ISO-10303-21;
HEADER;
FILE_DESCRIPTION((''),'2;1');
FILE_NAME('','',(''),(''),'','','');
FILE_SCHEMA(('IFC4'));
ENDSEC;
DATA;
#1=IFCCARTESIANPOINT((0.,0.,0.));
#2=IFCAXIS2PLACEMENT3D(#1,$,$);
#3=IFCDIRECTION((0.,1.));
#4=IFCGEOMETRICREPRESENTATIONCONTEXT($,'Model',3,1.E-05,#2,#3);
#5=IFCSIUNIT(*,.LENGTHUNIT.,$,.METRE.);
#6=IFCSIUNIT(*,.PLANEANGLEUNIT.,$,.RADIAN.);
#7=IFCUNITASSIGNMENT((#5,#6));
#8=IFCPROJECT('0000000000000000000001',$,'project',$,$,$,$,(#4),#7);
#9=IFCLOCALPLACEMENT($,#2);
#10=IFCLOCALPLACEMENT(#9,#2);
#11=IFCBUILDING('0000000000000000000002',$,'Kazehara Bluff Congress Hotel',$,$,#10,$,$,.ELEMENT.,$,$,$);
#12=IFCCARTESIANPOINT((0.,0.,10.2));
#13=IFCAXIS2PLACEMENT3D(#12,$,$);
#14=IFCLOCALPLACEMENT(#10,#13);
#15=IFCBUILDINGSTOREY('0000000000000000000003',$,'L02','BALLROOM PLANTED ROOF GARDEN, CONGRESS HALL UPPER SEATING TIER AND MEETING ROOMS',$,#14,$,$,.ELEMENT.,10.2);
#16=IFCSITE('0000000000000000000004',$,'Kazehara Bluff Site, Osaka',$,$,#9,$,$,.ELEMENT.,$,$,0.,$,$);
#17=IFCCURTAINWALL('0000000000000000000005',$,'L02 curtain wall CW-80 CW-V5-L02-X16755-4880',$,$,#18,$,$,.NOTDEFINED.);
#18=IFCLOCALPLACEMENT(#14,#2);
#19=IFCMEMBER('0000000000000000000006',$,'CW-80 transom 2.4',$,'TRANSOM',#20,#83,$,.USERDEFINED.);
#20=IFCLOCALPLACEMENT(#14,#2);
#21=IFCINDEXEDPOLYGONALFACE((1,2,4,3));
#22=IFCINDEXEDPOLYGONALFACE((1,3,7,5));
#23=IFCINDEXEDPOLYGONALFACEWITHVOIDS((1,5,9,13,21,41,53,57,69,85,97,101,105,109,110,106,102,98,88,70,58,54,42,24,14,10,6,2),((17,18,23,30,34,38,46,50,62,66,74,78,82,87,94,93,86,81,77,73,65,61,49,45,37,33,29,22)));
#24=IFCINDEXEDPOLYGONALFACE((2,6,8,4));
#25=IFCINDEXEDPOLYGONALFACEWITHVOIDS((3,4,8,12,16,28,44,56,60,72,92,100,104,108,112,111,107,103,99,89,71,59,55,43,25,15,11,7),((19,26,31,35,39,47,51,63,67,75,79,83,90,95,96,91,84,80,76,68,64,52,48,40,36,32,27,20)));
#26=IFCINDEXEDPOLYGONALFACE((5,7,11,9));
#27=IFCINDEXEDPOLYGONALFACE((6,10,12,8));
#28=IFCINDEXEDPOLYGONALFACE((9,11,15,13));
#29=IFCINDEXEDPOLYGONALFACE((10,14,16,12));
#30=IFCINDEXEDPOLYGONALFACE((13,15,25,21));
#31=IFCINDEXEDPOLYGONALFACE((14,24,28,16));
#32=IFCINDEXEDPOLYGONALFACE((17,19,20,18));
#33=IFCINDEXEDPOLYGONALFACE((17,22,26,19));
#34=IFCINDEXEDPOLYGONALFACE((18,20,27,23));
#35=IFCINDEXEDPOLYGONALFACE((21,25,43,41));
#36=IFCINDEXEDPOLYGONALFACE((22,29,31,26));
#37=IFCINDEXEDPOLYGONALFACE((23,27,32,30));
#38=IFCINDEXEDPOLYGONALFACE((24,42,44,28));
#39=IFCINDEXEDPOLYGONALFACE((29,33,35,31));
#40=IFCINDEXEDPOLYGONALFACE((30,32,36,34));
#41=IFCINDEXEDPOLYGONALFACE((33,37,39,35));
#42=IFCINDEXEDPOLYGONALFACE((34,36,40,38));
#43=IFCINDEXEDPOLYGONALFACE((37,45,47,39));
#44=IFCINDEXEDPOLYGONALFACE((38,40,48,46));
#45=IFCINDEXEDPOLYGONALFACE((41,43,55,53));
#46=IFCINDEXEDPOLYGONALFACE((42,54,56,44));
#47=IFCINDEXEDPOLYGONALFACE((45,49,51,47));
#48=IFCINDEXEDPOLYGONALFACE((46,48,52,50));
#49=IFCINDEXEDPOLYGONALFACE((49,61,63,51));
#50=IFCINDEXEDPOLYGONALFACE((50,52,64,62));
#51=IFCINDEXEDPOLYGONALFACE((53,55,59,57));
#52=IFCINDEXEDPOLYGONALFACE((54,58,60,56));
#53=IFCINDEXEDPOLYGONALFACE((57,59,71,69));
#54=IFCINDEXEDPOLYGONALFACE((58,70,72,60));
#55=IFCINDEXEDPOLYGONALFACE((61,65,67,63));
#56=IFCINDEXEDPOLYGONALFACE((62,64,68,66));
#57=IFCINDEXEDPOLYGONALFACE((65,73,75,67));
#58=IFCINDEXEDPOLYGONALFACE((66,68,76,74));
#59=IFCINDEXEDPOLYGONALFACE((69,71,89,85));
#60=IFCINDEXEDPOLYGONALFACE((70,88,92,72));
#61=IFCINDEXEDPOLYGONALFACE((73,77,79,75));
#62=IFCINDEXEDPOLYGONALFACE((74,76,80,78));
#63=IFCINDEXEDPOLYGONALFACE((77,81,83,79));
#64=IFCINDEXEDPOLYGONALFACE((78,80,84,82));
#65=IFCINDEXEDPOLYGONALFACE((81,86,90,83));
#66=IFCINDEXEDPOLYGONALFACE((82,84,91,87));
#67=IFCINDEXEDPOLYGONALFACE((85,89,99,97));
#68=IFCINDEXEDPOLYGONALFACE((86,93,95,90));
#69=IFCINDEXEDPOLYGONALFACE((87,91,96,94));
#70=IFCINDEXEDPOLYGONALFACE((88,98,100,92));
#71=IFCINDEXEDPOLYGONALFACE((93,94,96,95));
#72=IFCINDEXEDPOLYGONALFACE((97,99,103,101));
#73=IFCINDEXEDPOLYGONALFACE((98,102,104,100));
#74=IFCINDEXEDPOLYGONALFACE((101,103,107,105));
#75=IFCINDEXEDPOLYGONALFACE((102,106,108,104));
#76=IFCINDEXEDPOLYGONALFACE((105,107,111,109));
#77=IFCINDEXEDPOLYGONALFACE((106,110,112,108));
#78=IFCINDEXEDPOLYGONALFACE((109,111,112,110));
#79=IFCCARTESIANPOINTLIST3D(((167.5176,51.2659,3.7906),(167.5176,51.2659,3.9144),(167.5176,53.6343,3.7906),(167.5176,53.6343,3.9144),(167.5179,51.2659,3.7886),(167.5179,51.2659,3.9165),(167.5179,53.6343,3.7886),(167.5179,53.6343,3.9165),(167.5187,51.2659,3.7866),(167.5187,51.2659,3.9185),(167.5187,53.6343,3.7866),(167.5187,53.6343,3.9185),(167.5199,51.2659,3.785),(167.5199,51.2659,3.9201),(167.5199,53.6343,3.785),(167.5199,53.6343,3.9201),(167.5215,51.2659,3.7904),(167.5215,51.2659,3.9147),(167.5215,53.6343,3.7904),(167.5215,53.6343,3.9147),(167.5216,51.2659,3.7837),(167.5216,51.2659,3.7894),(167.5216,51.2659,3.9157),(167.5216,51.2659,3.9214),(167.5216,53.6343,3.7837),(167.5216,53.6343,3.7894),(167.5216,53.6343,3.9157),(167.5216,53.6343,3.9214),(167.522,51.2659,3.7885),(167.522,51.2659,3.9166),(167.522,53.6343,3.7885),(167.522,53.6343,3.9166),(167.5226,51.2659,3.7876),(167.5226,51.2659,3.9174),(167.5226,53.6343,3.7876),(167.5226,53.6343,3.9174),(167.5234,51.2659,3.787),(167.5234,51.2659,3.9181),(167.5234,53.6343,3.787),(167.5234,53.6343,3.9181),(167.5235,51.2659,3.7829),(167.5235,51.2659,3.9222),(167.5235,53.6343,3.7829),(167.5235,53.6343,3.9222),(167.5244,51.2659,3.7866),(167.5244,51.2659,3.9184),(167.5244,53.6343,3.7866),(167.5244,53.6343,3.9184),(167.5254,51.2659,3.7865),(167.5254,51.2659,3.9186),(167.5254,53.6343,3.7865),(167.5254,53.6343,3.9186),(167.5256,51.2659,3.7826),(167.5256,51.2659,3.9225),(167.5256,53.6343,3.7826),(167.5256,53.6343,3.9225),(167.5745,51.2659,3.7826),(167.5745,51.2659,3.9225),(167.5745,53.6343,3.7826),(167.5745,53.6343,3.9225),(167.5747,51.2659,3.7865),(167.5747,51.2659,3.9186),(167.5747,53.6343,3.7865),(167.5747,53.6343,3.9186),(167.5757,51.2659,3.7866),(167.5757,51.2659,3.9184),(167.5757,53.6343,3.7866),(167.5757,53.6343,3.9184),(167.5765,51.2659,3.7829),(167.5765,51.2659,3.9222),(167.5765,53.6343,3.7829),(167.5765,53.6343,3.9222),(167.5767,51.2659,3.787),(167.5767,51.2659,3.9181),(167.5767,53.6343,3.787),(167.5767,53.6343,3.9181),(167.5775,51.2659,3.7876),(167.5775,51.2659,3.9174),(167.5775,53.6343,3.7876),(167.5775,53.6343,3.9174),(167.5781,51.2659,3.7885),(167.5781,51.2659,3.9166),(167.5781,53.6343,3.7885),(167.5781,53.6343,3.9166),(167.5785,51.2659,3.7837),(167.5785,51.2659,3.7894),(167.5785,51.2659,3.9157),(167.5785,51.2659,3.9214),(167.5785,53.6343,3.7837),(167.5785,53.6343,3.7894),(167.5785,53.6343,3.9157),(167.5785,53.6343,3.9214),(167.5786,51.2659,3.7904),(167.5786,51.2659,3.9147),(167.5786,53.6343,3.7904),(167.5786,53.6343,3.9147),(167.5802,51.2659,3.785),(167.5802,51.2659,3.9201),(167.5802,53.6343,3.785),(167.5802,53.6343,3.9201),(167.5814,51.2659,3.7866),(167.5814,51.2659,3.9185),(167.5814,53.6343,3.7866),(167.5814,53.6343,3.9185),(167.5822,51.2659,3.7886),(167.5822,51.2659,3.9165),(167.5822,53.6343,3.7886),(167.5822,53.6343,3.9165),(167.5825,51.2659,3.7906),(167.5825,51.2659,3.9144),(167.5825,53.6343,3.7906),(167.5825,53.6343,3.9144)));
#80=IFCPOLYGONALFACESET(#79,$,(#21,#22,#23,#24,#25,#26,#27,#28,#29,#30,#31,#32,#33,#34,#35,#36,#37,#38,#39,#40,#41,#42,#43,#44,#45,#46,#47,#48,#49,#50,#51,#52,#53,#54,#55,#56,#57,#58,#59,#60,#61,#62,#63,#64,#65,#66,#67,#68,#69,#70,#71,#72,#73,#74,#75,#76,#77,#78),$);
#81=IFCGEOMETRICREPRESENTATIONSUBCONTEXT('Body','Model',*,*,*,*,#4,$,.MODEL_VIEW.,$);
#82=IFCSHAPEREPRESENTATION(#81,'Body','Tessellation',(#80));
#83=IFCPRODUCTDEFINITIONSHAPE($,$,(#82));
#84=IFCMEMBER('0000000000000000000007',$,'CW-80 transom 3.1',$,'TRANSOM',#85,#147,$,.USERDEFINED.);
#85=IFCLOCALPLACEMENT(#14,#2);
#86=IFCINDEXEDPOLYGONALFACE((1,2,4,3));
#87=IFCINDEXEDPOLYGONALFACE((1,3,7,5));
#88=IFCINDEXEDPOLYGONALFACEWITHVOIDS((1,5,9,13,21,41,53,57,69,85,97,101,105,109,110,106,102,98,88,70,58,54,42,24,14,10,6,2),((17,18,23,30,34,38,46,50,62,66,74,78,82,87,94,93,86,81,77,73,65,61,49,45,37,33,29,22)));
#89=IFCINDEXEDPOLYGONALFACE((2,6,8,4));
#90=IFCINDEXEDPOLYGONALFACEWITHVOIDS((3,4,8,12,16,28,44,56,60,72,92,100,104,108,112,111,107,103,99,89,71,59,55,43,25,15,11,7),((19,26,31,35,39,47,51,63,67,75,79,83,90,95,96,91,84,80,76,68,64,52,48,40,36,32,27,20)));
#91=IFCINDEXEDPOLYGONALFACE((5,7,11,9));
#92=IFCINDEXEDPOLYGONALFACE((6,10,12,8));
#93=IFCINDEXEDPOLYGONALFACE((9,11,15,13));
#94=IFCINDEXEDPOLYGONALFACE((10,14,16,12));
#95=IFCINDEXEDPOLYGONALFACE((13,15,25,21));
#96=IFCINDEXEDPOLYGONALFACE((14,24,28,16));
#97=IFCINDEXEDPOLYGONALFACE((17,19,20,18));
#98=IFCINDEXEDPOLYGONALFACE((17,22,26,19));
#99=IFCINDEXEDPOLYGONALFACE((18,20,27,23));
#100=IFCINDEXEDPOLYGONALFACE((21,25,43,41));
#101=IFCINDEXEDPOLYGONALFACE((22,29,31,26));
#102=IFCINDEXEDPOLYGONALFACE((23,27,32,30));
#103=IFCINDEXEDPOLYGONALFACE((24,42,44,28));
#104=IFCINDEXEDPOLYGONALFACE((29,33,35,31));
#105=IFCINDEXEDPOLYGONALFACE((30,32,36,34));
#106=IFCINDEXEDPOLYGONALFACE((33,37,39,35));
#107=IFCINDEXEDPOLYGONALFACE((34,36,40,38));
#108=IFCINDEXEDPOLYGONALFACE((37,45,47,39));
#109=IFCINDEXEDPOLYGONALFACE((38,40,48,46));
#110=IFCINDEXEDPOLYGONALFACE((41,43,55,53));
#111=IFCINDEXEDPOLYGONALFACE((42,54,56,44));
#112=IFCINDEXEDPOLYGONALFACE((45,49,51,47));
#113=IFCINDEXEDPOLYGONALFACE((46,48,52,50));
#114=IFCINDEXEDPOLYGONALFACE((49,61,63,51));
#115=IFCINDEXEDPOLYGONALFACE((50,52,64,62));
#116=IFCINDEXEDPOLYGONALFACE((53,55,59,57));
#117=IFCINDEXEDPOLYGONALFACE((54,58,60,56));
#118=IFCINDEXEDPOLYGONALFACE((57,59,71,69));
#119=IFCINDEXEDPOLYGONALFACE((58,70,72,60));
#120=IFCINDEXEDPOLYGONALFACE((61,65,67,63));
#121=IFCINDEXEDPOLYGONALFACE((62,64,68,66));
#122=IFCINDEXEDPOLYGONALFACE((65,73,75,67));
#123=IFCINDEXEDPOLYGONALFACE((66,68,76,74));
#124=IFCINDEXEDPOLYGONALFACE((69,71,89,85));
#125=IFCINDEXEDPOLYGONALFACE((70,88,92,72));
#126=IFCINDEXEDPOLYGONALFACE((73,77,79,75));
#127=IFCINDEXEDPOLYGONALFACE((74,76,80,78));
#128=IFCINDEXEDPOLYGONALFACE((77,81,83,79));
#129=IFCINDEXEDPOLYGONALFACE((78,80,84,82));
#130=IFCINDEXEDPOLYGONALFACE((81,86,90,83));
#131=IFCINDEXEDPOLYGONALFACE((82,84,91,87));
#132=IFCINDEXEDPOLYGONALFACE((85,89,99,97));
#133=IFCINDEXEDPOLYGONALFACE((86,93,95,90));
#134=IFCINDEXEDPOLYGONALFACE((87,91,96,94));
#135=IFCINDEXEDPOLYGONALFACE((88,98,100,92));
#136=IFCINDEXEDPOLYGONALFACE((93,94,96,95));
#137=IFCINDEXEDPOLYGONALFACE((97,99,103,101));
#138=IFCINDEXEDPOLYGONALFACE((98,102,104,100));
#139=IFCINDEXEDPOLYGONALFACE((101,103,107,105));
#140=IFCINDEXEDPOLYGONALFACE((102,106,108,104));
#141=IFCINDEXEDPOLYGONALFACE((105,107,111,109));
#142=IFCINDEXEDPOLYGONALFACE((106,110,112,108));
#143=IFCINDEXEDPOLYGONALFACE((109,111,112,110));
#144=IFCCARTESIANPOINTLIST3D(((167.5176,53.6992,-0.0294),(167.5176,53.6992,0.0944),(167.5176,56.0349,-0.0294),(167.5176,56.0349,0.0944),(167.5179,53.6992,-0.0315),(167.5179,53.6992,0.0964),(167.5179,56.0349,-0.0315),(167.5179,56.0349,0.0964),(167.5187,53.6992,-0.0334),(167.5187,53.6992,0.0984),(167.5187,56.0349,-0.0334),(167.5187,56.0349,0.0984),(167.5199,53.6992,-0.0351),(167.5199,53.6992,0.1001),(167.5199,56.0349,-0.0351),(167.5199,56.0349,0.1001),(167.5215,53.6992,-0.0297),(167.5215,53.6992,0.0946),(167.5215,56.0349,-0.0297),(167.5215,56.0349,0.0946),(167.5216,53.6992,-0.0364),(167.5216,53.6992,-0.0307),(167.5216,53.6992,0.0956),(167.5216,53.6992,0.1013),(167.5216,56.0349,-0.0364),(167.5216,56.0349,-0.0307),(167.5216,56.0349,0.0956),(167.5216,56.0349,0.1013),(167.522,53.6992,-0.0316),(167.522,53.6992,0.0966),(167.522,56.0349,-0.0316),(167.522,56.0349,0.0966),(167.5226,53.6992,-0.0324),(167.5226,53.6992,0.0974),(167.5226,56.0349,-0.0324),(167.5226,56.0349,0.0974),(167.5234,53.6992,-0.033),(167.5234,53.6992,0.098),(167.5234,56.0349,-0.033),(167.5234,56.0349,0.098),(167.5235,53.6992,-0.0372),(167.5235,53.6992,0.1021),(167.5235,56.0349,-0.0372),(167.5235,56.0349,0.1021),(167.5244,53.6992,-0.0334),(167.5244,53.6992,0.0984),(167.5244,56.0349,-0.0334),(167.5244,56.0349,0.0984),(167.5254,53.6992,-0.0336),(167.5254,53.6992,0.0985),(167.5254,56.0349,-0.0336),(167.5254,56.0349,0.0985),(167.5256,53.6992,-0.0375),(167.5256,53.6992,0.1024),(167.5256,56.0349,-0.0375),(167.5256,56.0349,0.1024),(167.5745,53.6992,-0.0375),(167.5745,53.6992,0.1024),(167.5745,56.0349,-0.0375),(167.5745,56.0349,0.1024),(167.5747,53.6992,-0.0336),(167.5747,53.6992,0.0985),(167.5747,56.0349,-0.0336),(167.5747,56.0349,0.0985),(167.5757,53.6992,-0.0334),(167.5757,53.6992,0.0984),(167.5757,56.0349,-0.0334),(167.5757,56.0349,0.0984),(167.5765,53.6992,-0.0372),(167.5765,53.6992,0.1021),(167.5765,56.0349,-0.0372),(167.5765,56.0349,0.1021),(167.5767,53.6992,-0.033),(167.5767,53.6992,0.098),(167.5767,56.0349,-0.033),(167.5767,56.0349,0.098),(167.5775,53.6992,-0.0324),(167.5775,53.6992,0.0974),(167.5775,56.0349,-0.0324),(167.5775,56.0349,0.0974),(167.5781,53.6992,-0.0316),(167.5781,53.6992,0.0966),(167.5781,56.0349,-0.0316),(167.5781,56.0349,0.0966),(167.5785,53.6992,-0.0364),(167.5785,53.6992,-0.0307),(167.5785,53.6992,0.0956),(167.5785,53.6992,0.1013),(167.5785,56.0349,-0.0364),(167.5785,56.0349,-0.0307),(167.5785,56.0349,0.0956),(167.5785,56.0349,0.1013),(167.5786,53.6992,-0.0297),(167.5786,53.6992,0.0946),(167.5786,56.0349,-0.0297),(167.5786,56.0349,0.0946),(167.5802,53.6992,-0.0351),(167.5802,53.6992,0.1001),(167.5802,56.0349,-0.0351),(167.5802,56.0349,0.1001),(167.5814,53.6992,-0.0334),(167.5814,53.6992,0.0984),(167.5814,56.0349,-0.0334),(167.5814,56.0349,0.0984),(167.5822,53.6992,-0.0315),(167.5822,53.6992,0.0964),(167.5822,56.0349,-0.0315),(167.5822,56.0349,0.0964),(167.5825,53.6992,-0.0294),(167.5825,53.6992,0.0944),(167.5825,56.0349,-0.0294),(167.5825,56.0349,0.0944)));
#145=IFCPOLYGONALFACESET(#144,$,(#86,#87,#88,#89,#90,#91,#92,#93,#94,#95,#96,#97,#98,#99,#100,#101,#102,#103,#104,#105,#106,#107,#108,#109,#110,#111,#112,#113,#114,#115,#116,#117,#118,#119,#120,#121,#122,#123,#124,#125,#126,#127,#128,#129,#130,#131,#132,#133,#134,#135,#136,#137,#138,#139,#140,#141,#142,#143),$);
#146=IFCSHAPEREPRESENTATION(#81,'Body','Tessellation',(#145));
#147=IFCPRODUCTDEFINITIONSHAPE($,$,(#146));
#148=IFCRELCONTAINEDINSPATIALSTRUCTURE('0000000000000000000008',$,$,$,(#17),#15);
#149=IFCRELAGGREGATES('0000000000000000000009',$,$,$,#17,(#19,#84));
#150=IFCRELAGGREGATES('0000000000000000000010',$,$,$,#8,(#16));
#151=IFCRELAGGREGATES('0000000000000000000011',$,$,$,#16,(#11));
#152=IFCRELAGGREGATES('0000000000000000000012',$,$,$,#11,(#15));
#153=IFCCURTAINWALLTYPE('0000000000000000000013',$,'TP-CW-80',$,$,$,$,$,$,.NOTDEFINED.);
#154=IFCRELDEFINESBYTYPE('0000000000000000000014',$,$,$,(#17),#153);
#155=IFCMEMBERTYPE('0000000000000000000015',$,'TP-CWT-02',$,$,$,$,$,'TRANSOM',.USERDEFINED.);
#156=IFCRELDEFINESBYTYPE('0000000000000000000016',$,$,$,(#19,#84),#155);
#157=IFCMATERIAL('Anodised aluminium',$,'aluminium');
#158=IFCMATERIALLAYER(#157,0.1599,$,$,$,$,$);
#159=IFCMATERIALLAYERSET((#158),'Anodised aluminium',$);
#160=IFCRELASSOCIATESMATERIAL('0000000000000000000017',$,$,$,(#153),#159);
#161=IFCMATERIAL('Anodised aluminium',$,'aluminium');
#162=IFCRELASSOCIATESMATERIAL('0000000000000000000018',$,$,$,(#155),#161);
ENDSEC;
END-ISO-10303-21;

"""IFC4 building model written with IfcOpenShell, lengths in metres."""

from ifc_helpers import new_model, si_unit, direction, frame, origin, origin_2d, place, context, subcontext, project, spatial, hollow_rectangle, extrude, material, layer, layer_set, material_profile, profile_set, type_object, element, aggregate, save


model = new_model("IFC4")

# Units and contexts
model_context = context("Model", 3, precision=1e-05, world=origin(), true_north=direction((0.0, 1.0)))
body_context = subcontext(model_context, "Body", "Model", "MODEL_VIEW")
ifc_project = project(units=[si_unit("LENGTHUNIT", "METRE"), si_unit("PLANEANGLEUNIT", "RADIAN")], contexts=[model_context])

# Site, building, storey
site_placement = place(None, origin())
site = spatial("IfcSite", under=ifc_project, at=site_placement, Name="Kazehara Bluff Site, Osaka", CompositionType="ELEMENT", RefElevation=0.0)
building_placement = place(site_placement, origin())
building = spatial("IfcBuilding", under=site, at=building_placement, Name="Kazehara Bluff Congress Hotel", CompositionType="ELEMENT")
storey_placement = place(building_placement, frame((0.0, 0.0, 10.2)))
storey = spatial("IfcBuildingStorey", under=building, at=storey_placement, Name="L02", Description="BALLROOM PLANTED ROOF GARDEN, CONGRESS HALL UPPER SEATING TIER AND MEETING ROOMS", CompositionType="ELEMENT", Elevation=10.2)

# Curtain wall, members
ifc_material_1 = material(Name="Anodised aluminium", Category="aluminium")
ifc_layer_1 = layer(ifc_material_1, 0.1599)
ifc_layer_set_1 = layer_set([ifc_layer_1], Name="Anodised aluminium")
curtain_wall_type_1 = type_object("IfcCurtainWallType", Name="TP-CW-80", PredefinedType="NOTDEFINED", material=ifc_layer_set_1)
curtain_wall_1_placement = place(storey_placement, origin())
curtain_wall_1 = element("IfcCurtainWall", 1, at=curtain_wall_1_placement, inside=storey, type_object=curtain_wall_type_1, Name="L02 curtain wall CW-80 CW-V5-L02-X16755-4880", PredefinedType="NOTDEFINED")
ifc_material_2 = material(Name="Anodised aluminium", Category="aluminium")
ifc_material_profile_1 = material_profile(ifc_material_2, hollow_rectangle(XDim=0.0649, YDim=0.1399, WallThickness=0.0039, InnerFilletRadius=0.0039, OuterFilletRadius=0.0081, at=origin_2d()))
ifc_profile_set_1 = profile_set([ifc_material_profile_1], Name="Anodised aluminium")
member_type_1 = type_object("IfcMemberType", Name="TP-CWT-02", ElementType="TRANSOM", PredefinedType="USERDEFINED", material=ifc_profile_set_1)
member_1_placement = place(storey_placement, frame((167.55, 51.2659, 3.8525), z_axis=(0.0, 1.0, 0.0), x_axis=(-1.0, 0.0, 0.0)))
member_1 = element("IfcMember", 2, at=member_1_placement, type_object=member_type_1, Name="CW-80 transom 2.4", ObjectType="TRANSOM", PredefinedType="USERDEFINED", context=body_context, shape_type="SweptSolid", body=[
    extrude(hollow_rectangle(XDim=0.0649, YDim=0.1399, WallThickness=0.0039, InnerFilletRadius=0.0039, OuterFilletRadius=0.0081, at=origin_2d()), origin(), (0.0, 0.0, 1.0), 2.3684),
])
member_2_placement = place(storey_placement, frame((167.55, 53.6992, 0.0325), z_axis=(0.0, 1.0, 0.0), x_axis=(-1.0, 0.0, 0.0)))
member_2 = element("IfcMember", 3, at=member_2_placement, type_object=member_type_1, Name="CW-80 transom 3.1", ObjectType="TRANSOM", PredefinedType="USERDEFINED", context=body_context, shape_type="SweptSolid", body=[
    extrude(hollow_rectangle(XDim=0.0649, YDim=0.1399, WallThickness=0.0039, InnerFilletRadius=0.0039, OuterFilletRadius=0.0081, at=origin_2d()), origin(), (0.0, 0.0, 1.0), 2.3357),
])

aggregate(curtain_wall_1, [member_1, member_2])

save(model, "model.ifc")
